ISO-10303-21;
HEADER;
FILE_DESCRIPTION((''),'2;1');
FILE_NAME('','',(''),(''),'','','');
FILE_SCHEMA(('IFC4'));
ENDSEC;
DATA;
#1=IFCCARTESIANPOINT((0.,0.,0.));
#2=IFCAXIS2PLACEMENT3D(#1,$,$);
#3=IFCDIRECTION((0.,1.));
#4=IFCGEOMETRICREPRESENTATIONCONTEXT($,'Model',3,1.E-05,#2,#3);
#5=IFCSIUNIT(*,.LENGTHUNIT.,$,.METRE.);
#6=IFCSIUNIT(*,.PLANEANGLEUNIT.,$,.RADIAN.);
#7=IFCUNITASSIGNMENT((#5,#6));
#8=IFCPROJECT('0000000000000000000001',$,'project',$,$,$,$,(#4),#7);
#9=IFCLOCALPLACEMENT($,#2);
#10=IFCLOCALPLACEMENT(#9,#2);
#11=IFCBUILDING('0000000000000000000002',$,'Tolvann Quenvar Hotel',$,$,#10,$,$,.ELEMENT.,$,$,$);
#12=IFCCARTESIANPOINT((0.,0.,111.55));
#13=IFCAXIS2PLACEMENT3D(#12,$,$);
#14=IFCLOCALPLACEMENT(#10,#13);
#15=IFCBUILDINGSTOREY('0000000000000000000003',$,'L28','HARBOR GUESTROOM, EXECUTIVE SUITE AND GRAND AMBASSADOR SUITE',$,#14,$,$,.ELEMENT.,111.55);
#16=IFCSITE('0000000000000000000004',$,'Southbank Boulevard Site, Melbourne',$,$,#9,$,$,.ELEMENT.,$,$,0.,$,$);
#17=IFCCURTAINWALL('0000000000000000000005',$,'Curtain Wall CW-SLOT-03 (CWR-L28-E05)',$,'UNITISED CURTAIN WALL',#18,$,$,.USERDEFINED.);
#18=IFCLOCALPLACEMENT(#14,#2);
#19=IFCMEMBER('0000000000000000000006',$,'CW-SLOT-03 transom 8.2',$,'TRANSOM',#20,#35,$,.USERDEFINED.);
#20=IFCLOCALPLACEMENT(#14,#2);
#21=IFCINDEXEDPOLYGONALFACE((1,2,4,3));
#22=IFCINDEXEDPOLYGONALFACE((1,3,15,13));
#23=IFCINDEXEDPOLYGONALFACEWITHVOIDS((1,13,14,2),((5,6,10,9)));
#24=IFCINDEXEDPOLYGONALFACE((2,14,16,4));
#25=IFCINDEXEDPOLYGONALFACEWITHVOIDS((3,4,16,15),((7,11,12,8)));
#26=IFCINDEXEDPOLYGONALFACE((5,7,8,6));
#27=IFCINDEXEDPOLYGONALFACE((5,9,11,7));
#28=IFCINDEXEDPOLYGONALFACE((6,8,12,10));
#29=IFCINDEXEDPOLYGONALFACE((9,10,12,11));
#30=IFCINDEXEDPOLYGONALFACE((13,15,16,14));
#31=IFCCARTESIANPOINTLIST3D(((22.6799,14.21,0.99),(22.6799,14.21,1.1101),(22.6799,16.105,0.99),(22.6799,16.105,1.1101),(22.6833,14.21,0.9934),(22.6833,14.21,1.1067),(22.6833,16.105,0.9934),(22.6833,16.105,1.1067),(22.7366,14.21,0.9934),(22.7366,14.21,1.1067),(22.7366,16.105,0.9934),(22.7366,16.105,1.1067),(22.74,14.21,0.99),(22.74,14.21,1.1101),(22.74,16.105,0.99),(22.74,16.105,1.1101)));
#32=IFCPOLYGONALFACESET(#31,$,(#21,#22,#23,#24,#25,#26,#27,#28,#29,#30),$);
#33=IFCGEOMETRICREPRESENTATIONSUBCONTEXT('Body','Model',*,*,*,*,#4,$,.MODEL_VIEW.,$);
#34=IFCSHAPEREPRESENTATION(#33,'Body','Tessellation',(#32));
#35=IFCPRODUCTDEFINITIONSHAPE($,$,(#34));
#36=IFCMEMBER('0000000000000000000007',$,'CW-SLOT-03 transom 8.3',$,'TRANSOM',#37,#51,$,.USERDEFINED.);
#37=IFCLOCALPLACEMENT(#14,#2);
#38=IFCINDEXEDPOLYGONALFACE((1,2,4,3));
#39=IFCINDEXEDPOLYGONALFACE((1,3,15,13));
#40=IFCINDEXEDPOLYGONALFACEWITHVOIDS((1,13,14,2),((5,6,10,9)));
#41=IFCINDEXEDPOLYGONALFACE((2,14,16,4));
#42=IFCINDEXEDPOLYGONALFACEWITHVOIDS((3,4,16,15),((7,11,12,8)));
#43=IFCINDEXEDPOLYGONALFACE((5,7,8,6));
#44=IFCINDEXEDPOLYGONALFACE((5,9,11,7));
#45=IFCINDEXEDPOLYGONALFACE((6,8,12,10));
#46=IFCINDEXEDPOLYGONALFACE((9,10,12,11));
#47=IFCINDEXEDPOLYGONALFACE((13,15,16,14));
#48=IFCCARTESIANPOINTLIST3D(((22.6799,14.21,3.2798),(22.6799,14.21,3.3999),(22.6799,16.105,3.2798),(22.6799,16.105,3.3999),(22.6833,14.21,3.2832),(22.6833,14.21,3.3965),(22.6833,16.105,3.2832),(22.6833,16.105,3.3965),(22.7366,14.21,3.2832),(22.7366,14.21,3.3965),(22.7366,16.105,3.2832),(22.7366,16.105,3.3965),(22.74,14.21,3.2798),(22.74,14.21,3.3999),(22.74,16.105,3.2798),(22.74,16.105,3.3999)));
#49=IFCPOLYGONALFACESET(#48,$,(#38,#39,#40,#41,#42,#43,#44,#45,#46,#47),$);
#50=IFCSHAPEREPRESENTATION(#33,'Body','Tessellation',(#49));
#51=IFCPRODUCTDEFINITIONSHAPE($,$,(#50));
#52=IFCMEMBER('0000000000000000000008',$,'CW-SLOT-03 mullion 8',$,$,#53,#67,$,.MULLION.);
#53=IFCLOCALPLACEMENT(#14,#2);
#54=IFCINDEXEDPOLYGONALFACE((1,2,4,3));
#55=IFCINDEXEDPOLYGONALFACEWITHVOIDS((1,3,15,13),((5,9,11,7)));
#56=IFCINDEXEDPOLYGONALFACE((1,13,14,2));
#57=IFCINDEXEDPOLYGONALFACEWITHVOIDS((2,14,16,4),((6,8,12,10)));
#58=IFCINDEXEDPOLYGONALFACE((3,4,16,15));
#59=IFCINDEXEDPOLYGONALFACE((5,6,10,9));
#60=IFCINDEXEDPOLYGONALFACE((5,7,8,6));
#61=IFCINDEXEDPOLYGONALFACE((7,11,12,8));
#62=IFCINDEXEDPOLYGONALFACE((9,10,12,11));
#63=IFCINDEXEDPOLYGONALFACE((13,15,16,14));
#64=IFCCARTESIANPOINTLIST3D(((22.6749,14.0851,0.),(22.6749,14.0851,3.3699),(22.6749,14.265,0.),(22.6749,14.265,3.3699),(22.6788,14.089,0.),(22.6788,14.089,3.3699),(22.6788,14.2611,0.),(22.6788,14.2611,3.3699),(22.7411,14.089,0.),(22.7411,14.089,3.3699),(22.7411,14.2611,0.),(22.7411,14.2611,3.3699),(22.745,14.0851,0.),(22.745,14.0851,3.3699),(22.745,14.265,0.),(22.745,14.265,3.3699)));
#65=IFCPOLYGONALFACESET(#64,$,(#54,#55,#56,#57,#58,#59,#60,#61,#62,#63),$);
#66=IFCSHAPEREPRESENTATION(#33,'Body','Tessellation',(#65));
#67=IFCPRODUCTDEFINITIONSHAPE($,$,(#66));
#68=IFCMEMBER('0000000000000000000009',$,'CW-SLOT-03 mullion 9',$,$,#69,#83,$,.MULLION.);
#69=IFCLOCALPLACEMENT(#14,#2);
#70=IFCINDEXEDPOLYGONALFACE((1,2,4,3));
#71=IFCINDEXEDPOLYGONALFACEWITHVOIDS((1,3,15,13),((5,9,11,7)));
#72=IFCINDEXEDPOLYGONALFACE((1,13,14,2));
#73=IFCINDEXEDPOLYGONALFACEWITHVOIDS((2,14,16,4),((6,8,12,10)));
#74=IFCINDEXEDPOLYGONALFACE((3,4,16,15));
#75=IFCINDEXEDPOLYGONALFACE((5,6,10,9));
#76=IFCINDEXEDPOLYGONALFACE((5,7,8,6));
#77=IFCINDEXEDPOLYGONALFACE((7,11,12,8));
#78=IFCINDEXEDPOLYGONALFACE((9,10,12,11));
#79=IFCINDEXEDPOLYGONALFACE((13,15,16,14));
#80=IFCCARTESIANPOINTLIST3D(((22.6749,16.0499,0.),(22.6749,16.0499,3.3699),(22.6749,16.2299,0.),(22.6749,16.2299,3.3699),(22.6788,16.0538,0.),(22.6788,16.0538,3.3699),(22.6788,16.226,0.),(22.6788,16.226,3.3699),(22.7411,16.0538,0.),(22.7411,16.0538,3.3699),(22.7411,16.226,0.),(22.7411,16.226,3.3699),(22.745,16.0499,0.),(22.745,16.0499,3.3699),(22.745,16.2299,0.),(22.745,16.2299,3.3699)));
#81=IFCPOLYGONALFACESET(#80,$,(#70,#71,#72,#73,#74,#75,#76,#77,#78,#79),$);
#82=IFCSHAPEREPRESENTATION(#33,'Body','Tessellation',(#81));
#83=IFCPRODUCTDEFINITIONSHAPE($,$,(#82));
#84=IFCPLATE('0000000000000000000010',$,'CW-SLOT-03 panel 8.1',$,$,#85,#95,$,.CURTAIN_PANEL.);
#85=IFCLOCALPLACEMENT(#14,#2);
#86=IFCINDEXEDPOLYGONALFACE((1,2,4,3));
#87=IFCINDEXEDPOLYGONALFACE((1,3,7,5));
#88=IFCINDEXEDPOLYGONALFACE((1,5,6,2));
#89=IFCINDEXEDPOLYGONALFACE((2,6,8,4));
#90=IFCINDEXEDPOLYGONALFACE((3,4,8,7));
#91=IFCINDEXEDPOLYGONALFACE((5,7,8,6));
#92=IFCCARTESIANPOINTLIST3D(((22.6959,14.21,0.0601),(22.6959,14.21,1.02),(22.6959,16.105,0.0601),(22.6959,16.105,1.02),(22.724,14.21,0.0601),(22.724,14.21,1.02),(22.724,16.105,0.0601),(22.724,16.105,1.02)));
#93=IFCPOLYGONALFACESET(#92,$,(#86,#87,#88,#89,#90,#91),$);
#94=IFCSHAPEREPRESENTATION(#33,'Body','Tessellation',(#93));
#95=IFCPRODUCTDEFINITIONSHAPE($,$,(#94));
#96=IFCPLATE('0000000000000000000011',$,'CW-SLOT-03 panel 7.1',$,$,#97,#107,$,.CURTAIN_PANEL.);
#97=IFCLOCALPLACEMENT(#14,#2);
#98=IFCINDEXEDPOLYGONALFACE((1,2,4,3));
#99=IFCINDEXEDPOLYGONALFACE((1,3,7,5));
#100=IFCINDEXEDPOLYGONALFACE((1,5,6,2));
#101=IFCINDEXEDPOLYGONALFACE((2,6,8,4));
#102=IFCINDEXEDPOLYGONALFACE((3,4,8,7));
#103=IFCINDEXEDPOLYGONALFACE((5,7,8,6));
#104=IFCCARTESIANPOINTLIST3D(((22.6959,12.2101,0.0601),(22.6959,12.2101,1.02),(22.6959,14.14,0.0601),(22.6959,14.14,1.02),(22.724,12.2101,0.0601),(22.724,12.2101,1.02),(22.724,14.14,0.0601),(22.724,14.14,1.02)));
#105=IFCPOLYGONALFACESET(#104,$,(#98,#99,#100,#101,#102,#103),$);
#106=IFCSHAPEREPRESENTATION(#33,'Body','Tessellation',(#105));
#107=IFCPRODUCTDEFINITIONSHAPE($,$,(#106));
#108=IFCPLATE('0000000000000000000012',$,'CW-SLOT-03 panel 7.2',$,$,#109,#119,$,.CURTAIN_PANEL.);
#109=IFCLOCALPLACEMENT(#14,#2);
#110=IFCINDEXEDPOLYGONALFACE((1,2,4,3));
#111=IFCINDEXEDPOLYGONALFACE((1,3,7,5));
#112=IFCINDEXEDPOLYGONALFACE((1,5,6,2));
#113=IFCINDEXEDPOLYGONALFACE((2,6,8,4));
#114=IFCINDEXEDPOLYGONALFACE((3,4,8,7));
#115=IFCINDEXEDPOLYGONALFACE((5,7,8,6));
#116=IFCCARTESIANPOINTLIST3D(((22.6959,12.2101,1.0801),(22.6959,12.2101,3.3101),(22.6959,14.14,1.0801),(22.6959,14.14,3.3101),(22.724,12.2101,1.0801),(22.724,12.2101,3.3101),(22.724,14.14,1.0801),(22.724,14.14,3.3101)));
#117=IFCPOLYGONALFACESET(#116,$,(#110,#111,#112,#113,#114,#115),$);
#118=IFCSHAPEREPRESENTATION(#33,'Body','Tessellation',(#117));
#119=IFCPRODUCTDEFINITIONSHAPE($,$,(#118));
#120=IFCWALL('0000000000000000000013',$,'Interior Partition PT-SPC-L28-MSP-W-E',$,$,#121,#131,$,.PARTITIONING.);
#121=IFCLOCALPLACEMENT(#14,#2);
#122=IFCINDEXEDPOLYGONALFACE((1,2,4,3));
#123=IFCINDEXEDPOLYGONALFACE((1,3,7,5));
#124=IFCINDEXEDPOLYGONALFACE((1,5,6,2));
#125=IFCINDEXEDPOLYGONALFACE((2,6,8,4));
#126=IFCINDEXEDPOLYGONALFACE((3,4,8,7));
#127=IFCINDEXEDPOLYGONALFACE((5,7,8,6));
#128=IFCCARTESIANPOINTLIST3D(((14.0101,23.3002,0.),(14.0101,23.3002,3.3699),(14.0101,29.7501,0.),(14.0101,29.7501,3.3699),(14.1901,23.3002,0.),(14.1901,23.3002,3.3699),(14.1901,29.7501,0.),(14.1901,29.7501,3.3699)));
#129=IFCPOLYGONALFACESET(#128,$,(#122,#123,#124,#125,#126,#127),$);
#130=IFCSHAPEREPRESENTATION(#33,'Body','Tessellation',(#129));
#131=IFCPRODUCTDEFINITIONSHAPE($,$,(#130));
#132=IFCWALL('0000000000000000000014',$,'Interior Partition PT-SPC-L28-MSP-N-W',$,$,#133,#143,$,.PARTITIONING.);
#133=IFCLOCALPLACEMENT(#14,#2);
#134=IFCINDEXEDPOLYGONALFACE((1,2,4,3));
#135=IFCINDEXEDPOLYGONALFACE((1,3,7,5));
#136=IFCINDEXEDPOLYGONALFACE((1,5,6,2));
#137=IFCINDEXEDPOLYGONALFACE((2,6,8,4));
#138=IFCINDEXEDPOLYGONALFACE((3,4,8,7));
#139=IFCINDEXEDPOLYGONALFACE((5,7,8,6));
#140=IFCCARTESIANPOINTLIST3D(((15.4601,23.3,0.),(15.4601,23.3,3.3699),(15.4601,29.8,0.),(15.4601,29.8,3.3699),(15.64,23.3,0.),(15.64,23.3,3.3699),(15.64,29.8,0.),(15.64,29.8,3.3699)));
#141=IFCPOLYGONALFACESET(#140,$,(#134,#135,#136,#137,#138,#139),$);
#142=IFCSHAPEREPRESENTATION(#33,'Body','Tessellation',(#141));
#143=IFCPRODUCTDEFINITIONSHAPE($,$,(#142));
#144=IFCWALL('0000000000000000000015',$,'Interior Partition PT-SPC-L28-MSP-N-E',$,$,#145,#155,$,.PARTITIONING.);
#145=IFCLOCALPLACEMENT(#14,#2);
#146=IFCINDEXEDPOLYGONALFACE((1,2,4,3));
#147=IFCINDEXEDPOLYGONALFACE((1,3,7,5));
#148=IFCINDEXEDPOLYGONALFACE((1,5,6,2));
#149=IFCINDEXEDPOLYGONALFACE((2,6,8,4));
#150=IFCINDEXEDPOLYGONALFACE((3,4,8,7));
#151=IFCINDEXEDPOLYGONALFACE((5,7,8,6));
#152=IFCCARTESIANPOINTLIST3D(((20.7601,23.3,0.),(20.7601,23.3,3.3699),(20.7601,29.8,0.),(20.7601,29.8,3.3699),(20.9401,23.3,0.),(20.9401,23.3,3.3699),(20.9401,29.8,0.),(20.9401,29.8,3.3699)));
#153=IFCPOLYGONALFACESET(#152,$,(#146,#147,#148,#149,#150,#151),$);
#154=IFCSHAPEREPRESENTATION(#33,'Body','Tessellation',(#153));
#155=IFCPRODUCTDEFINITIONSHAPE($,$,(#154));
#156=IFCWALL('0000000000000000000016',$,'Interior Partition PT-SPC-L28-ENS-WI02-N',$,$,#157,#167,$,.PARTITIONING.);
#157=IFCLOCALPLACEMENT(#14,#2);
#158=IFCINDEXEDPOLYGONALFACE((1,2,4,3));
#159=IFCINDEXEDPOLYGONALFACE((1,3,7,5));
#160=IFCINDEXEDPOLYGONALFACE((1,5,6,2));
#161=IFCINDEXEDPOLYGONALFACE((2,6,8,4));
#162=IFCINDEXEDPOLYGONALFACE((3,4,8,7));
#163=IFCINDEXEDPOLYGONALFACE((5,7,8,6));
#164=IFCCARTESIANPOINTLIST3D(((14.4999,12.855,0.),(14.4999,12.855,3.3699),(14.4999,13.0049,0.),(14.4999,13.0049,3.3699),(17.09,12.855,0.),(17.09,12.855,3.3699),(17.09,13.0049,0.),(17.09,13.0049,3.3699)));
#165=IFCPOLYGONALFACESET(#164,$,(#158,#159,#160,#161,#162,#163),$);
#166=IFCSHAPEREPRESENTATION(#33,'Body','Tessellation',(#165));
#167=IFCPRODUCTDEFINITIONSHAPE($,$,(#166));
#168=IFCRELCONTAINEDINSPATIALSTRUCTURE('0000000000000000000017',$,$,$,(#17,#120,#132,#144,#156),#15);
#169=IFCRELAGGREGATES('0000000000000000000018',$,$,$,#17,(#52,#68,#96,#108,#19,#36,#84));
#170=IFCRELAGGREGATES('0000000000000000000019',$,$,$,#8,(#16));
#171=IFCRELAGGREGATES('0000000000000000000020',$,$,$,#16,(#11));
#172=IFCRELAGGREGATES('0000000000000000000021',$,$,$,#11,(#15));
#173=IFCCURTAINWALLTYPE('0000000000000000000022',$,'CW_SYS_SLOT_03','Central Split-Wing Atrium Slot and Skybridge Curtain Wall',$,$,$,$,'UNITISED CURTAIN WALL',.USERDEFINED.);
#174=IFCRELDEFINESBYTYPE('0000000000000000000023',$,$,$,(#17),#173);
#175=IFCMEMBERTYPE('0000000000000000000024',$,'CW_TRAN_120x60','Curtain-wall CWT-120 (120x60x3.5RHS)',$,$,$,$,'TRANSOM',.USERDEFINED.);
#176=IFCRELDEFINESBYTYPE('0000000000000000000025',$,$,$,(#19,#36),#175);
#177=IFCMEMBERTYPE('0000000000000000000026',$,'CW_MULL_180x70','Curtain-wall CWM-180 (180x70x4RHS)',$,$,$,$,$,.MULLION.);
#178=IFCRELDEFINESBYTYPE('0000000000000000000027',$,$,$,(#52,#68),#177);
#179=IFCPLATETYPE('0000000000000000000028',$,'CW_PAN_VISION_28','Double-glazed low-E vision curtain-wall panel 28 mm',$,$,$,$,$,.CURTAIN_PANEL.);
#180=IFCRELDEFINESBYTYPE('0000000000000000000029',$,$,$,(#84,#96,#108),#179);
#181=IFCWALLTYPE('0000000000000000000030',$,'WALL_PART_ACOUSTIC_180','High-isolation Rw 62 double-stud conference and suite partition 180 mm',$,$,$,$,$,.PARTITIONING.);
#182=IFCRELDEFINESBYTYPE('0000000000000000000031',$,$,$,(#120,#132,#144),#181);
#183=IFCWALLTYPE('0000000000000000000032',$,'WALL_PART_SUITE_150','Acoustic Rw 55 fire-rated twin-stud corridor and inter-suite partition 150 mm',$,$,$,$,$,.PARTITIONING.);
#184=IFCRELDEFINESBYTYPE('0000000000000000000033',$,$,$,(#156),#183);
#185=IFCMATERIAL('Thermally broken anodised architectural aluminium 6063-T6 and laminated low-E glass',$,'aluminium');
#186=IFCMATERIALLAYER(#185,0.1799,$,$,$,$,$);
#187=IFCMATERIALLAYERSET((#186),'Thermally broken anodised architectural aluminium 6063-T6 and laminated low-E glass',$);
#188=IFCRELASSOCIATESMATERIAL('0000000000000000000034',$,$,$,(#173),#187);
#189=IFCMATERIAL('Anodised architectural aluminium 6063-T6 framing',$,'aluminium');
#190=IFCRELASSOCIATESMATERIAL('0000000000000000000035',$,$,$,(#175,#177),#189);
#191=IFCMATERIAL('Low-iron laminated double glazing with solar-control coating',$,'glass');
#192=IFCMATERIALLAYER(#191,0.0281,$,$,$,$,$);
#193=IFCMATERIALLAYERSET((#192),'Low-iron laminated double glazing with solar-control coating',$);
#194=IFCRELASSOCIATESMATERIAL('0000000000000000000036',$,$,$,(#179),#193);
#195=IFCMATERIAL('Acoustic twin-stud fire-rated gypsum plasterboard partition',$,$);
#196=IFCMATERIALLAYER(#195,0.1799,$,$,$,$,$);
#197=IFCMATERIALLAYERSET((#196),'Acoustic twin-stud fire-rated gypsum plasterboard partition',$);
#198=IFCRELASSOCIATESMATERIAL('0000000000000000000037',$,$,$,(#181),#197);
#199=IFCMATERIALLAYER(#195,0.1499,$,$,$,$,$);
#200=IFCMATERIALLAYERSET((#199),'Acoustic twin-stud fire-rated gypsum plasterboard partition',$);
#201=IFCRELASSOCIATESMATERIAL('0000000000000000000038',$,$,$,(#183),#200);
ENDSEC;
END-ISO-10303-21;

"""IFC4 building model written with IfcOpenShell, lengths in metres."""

from ifc_helpers import new_model, si_unit, direction, frame, frame_2d, origin, origin_2d, place, context, subcontext, project, spatial, rectangle, hollow_rectangle, extrude, source, transform, mapped, material, layer, layer_set, material_profile, profile_set, type_object, type_shapes, element, aggregate, save


model = new_model("IFC4")

# Units and contexts
model_context = context("Model", 3, precision=1e-05, world=origin(), true_north=direction((0.0, 1.0)))
body_context = subcontext(model_context, "Body", "Model", "MODEL_VIEW")
ifc_project = project(units=[si_unit("LENGTHUNIT", "METRE"), si_unit("PLANEANGLEUNIT", "RADIAN")], contexts=[model_context])

# Site, building, storey
site_placement = place(None, origin())
site = spatial("IfcSite", under=ifc_project, at=site_placement, Name="Southbank Boulevard Site, Melbourne", CompositionType="ELEMENT", RefElevation=0.0)
building_placement = place(site_placement, origin())
building = spatial("IfcBuilding", under=site, at=building_placement, Name="Tolvann Quenvar Hotel", CompositionType="ELEMENT")
storey_placement = place(building_placement, frame((0.0, 0.0, 111.55)))
storey = spatial("IfcBuildingStorey", under=building, at=storey_placement, Name="L28", Description="HARBOR GUESTROOM, EXECUTIVE SUITE AND GRAND AMBASSADOR SUITE", CompositionType="ELEMENT", Elevation=111.55)

# Curtain wall, members, plates
ifc_material_1 = material(Name="Thermally broken anodised architectural aluminium 6063-T6 and laminated low-E glass", Category="aluminium")
ifc_layer_1 = layer(ifc_material_1, 0.1799)
ifc_layer_set_1 = layer_set([ifc_layer_1], Name="Thermally broken anodised architectural aluminium 6063-T6 and laminated low-E glass")
curtain_wall_type = type_object("IfcCurtainWallType", Name="CW_SYS_SLOT_03", Description="Central Split-Wing Atrium Slot and Skybridge Curtain Wall", ElementType="UNITISED CURTAIN WALL", PredefinedType="USERDEFINED", material=ifc_layer_set_1)
curtain_wall_placement = place(storey_placement, origin())
curtain_wall = element("IfcCurtainWall", 1, at=curtain_wall_placement, inside=storey, type_object=curtain_wall_type, Name="Curtain Wall CW-SLOT-03 (CWR-L28-E05)", ObjectType="UNITISED CURTAIN WALL", PredefinedType="USERDEFINED")
ifc_material_2 = material(Name="Anodised architectural aluminium 6063-T6 framing", Category="aluminium")
ifc_material_profile_1 = material_profile(ifc_material_2, hollow_rectangle(XDim=0.0601, YDim=0.1201, WallThickness=0.0034, at=origin_2d()), Name="120x60x3.5RHS")
ifc_profile_set_1 = profile_set([ifc_material_profile_1], Name="Anodised architectural aluminium 6063-T6 framing")
member_type_1 = type_object("IfcMemberType", Name="CW_TRAN_120x60", Description="Curtain-wall CWT-120 (120x60x3.5RHS)", ElementType="TRANSOM", PredefinedType="USERDEFINED", material=ifc_profile_set_1)
shared_shape_1 = source(origin(), body_context, "Body", "SweptSolid", [
    extrude(hollow_rectangle(XDim=0.0601, YDim=0.1201, WallThickness=0.0034, at=origin_2d()), origin(), (0.0, 0.0, 1.0), 1.895),
])
member_1_placement = place(storey_placement, frame((22.71, 14.21, 1.05), z_axis=(0.0, 1.0, 0.0), x_axis=(-1.0, 0.0, 0.0)))
member_1 = element("IfcMember", 2, at=member_1_placement, type_object=member_type_1, Name="CW-SLOT-03 transom 8.2", ObjectType="TRANSOM", PredefinedType="USERDEFINED", context=body_context, shape_type="MappedRepresentation", body=[
    mapped(shared_shape_1, transform((0.0, 0.0, 0.0), x_axis=(1.0, 0.0, 0.0), y_axis=(0.0, 1.0, 0.0), z_axis=(0.0, 0.0, 1.0), scale=1.0)),
])
member_2_placement = place(storey_placement, frame((22.71, 14.21, 3.3398), z_axis=(0.0, 1.0, 0.0), x_axis=(-1.0, 0.0, 0.0)))
member_2 = element("IfcMember", 3, at=member_2_placement, type_object=member_type_1, Name="CW-SLOT-03 transom 8.3", ObjectType="TRANSOM", PredefinedType="USERDEFINED", context=body_context, shape_type="MappedRepresentation", body=[
    mapped(shared_shape_1, transform((0.0, 0.0, 0.0), x_axis=(1.0, 0.0, 0.0), y_axis=(0.0, 1.0, 0.0), z_axis=(0.0, 0.0, 1.0), scale=1.0)),
])
ifc_material_profile_2 = material_profile(ifc_material_2, hollow_rectangle(XDim=0.0701, YDim=0.1799, WallThickness=0.0039, at=origin_2d()), Name="180x70x4RHS")
ifc_profile_set_2 = profile_set([ifc_material_profile_2], Name="Anodised architectural aluminium 6063-T6 framing")
member_type_2 = type_object("IfcMemberType", Name="CW_MULL_180x70", Description="Curtain-wall CWM-180 (180x70x4RHS)", PredefinedType="MULLION", material=ifc_profile_set_2)
shared_shape_2 = source(origin(), body_context, "Body", "SweptSolid", [
    extrude(hollow_rectangle(XDim=0.0701, YDim=0.1799, WallThickness=0.0039, at=origin_2d()), origin(), (0.0, 0.0, 1.0), 3.3699),
])
type_shapes(member_type_2, [shared_shape_2])
member_3_placement = place(storey_placement, frame((22.71, 14.175, 0.0), z_axis=(0.0, 0.0, 1.0), x_axis=(-1.0, 0.0, 0.0)))
member_3 = element("IfcMember", 4, at=member_3_placement, type_object=member_type_2, Name="CW-SLOT-03 mullion 8", PredefinedType="MULLION", context=body_context, shape_type="MappedRepresentation", body=[
    mapped(shared_shape_2, transform((0.0, 0.0, 0.0), x_axis=(1.0, 0.0, 0.0), y_axis=(0.0, 1.0, 0.0), z_axis=(0.0, 0.0, 1.0), scale=1.0)),
])
member_4_placement = place(storey_placement, frame((22.71, 16.1399, 0.0), z_axis=(0.0, 0.0, 1.0), x_axis=(-1.0, 0.0, 0.0)))
member_4 = element("IfcMember", 5, at=member_4_placement, type_object=member_type_2, Name="CW-SLOT-03 mullion 9", PredefinedType="MULLION", context=body_context, shape_type="MappedRepresentation", body=[
    mapped(shared_shape_2, transform((0.0, 0.0, 0.0), x_axis=(1.0, 0.0, 0.0), y_axis=(0.0, 1.0, 0.0), z_axis=(0.0, 0.0, 1.0), scale=1.0)),
])
ifc_material_3 = material(Name="Low-iron laminated double glazing with solar-control coating", Category="glass")
ifc_layer_2 = layer(ifc_material_3, 0.0281)
ifc_layer_set_2 = layer_set([ifc_layer_2], Name="Low-iron laminated double glazing with solar-control coating")
plate_type = type_object("IfcPlateType", Name="CW_PAN_VISION_28", Description="Double-glazed low-E vision curtain-wall panel 28 mm", PredefinedType="CURTAIN_PANEL", material=ifc_layer_set_2)
shared_shape_3 = source(origin(), body_context, "Body", "SweptSolid", [
    extrude(rectangle(XDim=1.895, YDim=0.0281, at=origin_2d()), origin(), (0.0, 0.0, 1.0), 0.96),
])
plate_1_placement = place(storey_placement, frame((22.71, 15.1575, 0.0601), z_axis=(0.0, 0.0, 1.0), x_axis=(0.0, 1.0, 0.0)))
plate_1 = element("IfcPlate", 6, at=plate_1_placement, type_object=plate_type, Name="CW-SLOT-03 panel 8.1", PredefinedType="CURTAIN_PANEL", context=body_context, shape_type="MappedRepresentation", body=[
    mapped(shared_shape_3, transform((0.0, 0.0, 0.0), x_axis=(1.0, 0.0, 0.0), y_axis=(0.0, 1.0, 0.0), z_axis=(0.0, 0.0, 1.0), scale=1.0)),
])
shared_shape_4 = source(origin(), body_context, "Body", "SweptSolid", [
    extrude(rectangle(XDim=1.9299, YDim=0.0281, at=origin_2d()), origin(), (0.0, 0.0, 1.0), 0.96),
])
plate_2_placement = place(storey_placement, frame((22.71, 13.175, 0.0601), z_axis=(0.0, 0.0, 1.0), x_axis=(0.0, 1.0, 0.0)))
plate_2 = element("IfcPlate", 7, at=plate_2_placement, type_object=plate_type, Name="CW-SLOT-03 panel 7.1", PredefinedType="CURTAIN_PANEL", context=body_context, shape_type="MappedRepresentation", body=[
    mapped(shared_shape_4, transform((0.0, 0.0, 0.0), x_axis=(1.0, 0.0, 0.0), y_axis=(0.0, 1.0, 0.0), z_axis=(0.0, 0.0, 1.0), scale=1.0)),
])
shared_shape_5 = source(origin(), body_context, "Body", "SweptSolid", [
    extrude(rectangle(XDim=1.9299, YDim=0.0281, at=origin_2d()), origin(), (0.0, 0.0, 1.0), 2.23),
])
type_shapes(plate_type, [shared_shape_3, shared_shape_4, shared_shape_5])
plate_3_placement = place(storey_placement, frame((22.71, 13.175, 1.0801), z_axis=(0.0, 0.0, 1.0), x_axis=(0.0, 1.0, 0.0)))
plate_3 = element("IfcPlate", 8, at=plate_3_placement, type_object=plate_type, Name="CW-SLOT-03 panel 7.2", PredefinedType="CURTAIN_PANEL", context=body_context, shape_type="MappedRepresentation", body=[
    mapped(shared_shape_5, transform((0.0, 0.0, 0.0), x_axis=(1.0, 0.0, 0.0), y_axis=(0.0, 1.0, 0.0), z_axis=(0.0, 0.0, 1.0), scale=1.0)),
])
aggregate(curtain_wall, [member_3, member_4, plate_2, plate_3, member_1, member_2, plate_1])

# Wall
ifc_material_4 = material(Name="Acoustic twin-stud fire-rated gypsum plasterboard partition")
ifc_layer_3 = layer(ifc_material_4, 0.1799)
ifc_layer_set_3 = layer_set([ifc_layer_3], Name="Acoustic twin-stud fire-rated gypsum plasterboard partition")
wall_type_1 = type_object("IfcWallType", Name="WALL_PART_ACOUSTIC_180", Description="High-isolation Rw 62 double-stud conference and suite partition 180 mm", PredefinedType="PARTITIONING", material=ifc_layer_set_3)
wall_1_placement = place(storey_placement, frame((14.1001, 23.3, 0.0), z_axis=(0.0, 0.0, 1.0), x_axis=(0.0, 1.0, 0.0)))
element("IfcWall", 9, at=wall_1_placement, inside=storey, type_object=wall_type_1, Name="Interior Partition PT-SPC-L28-MSP-W-E", PredefinedType="PARTITIONING", context=body_context, shape_type="SweptSolid", body=[
    extrude(rectangle(XDim=6.45, YDim=0.1799, at=frame_2d((3.2251, 0.0))), origin(), (0.0, 0.0, 1.0), 3.3699),
])

# Walls
for number, where, z_axis, x_axis, name in (
    (10, (15.55, 23.3, 0.0), (0.0, 0.0, 1.0), (0.0, 1.0, 0.0), "Interior Partition PT-SPC-L28-MSP-N-W"),
    (11, (20.8501, 23.3, 0.0), (0.0, 0.0, 1.0), (0.0, 1.0, 0.0), "Interior Partition PT-SPC-L28-MSP-N-E"),
):
    element("IfcWall", number, at=place(storey_placement, frame(where, z_axis=z_axis, x_axis=x_axis)), inside=storey, type_object=wall_type_1, Name=name, PredefinedType="PARTITIONING", context=body_context, shape_type="SweptSolid", body=[
        extrude(rectangle(XDim=6.5, YDim=0.1799, at=frame_2d((3.25, 0.0))), origin(), (0.0, 0.0, 1.0), 3.3699),
    ])
ifc_layer_4 = layer(ifc_material_4, 0.1499)
ifc_layer_set_4 = layer_set([ifc_layer_4], Name="Acoustic twin-stud fire-rated gypsum plasterboard partition")
wall_type_2 = type_object("IfcWallType", Name="WALL_PART_SUITE_150", Description="Acoustic Rw 55 fire-rated twin-stud corridor and inter-suite partition 150 mm", PredefinedType="PARTITIONING", material=ifc_layer_set_4)
wall_2_placement = place(storey_placement, frame((14.5, 12.9299, 0.0), z_axis=(0.0, 0.0, 1.0), x_axis=(1.0, 0.0, 0.0)))
element("IfcWall", 12, at=wall_2_placement, inside=storey, type_object=wall_type_2, Name="Interior Partition PT-SPC-L28-ENS-WI02-N", PredefinedType="PARTITIONING", context=body_context, shape_type="SweptSolid", body=[
    extrude(rectangle(XDim=2.5901, YDim=0.1499, at=frame_2d((1.2949, 0.0))), origin(), (0.0, 0.0, 1.0), 3.3699),
])

save(model, "model.ifc")
